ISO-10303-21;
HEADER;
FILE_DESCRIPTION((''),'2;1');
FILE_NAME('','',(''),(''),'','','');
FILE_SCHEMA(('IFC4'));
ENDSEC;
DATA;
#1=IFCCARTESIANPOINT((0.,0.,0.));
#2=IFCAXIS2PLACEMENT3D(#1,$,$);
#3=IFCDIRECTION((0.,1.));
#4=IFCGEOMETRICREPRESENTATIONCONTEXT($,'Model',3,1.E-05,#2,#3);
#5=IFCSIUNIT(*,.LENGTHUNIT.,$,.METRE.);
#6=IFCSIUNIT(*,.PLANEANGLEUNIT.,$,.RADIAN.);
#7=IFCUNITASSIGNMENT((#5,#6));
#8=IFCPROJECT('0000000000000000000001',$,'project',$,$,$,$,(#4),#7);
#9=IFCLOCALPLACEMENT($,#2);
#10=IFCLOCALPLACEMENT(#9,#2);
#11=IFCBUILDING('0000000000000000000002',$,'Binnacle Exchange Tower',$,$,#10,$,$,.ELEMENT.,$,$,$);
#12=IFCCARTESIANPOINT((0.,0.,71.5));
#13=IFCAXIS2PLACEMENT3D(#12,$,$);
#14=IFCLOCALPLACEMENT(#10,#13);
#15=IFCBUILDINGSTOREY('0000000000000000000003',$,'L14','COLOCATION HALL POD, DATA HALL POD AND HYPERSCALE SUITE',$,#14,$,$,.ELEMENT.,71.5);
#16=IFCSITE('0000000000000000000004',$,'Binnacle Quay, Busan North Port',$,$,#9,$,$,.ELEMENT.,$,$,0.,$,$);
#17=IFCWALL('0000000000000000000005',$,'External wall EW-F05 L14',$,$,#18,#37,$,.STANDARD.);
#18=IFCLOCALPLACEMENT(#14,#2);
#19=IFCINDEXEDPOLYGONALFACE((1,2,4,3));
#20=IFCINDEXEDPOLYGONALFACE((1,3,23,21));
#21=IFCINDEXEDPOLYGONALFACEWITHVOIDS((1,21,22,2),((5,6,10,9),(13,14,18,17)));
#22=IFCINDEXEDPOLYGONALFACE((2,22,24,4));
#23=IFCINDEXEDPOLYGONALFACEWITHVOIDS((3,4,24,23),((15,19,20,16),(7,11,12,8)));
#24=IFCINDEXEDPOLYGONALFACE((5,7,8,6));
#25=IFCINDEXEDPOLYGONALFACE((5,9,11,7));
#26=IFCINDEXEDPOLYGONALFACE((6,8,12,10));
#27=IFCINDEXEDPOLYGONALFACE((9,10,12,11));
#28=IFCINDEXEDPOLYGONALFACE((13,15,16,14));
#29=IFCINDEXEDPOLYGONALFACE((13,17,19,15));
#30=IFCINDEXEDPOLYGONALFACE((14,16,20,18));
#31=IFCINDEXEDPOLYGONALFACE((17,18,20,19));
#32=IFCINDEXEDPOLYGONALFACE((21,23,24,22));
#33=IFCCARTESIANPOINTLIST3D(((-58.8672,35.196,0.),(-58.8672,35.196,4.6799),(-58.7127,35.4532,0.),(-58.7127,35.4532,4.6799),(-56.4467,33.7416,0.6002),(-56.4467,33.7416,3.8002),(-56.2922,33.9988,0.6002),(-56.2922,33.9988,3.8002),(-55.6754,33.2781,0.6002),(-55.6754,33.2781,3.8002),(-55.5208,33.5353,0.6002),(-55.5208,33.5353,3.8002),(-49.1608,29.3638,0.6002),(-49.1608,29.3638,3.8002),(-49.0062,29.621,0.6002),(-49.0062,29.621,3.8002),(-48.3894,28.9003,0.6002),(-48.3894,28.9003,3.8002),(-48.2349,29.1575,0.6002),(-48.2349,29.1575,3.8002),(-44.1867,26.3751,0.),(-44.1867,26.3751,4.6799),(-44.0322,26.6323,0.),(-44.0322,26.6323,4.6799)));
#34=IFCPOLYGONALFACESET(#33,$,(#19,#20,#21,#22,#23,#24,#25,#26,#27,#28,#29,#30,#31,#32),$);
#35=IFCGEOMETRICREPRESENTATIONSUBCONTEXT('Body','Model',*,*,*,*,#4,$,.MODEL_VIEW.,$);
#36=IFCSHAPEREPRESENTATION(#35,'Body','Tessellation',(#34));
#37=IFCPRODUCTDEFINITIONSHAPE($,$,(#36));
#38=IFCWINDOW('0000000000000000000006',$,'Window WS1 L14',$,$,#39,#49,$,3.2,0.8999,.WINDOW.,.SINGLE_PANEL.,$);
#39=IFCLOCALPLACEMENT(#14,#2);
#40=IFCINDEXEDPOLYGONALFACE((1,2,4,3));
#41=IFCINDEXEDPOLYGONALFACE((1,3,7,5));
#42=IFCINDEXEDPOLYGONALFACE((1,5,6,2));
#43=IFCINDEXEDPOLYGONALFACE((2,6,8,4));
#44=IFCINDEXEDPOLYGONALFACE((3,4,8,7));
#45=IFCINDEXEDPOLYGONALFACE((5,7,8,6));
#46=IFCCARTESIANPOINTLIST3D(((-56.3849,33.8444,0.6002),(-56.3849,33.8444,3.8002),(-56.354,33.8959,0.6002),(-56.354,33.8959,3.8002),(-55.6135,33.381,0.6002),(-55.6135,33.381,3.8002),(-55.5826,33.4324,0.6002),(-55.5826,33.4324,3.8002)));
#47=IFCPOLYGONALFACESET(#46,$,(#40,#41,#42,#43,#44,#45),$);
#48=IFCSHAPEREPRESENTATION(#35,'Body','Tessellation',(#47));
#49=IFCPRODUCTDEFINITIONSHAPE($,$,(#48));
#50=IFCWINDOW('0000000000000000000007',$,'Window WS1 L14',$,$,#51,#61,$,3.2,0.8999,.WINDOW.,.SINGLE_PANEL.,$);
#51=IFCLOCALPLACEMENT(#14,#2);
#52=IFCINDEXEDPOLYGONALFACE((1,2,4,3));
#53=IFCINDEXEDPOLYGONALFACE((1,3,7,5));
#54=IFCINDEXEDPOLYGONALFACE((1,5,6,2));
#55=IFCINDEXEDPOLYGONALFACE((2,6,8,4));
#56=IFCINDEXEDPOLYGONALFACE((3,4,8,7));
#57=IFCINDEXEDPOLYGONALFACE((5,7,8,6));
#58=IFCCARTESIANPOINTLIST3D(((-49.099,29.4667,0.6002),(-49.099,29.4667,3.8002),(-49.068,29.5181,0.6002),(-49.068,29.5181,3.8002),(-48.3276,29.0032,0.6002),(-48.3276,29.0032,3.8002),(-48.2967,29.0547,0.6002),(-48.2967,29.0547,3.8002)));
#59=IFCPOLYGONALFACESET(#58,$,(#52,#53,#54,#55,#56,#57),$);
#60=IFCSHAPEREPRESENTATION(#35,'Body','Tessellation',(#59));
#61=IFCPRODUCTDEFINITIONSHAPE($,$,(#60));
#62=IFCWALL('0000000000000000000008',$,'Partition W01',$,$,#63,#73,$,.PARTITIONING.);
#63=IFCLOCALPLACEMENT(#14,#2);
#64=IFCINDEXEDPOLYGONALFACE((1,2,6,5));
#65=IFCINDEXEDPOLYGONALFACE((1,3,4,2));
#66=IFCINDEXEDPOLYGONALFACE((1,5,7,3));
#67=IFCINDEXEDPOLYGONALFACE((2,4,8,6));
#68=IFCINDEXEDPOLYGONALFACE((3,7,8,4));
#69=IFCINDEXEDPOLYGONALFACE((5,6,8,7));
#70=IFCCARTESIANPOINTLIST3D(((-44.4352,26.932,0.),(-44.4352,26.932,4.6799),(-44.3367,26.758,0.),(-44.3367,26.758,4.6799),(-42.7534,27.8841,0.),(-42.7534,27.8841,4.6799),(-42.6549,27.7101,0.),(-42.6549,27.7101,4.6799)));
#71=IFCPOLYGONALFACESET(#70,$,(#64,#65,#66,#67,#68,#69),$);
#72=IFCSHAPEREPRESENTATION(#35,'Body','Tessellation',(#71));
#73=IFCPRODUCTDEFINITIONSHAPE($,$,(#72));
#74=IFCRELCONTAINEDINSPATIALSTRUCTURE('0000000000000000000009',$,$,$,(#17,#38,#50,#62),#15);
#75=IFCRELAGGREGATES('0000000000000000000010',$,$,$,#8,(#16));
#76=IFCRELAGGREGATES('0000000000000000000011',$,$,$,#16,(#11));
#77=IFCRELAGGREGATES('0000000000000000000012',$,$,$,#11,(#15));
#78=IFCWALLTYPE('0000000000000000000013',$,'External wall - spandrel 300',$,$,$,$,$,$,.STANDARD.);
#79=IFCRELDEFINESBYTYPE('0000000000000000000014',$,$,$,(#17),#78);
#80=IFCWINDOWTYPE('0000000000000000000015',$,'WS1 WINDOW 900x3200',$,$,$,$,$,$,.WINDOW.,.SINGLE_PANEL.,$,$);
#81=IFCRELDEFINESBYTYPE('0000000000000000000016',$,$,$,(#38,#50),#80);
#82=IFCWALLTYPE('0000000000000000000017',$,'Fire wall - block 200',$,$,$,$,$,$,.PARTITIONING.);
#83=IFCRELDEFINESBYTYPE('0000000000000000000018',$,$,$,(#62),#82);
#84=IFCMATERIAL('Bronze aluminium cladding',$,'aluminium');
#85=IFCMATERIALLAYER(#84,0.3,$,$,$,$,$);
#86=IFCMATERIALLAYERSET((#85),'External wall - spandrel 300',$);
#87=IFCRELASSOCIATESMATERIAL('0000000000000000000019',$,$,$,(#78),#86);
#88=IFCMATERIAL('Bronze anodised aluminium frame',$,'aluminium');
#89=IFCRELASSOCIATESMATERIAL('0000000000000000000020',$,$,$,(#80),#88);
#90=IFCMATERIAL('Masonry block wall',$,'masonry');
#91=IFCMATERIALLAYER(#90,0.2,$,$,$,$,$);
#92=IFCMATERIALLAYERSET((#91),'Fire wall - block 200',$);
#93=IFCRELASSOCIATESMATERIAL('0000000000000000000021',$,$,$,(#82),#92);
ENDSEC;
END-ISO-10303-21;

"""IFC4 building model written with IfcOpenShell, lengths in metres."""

from ifc_helpers import new_model, si_unit, direction, frame, frame_2d, origin, place, context, subcontext, project, spatial, rectangle, extrude, material, layer, layer_set, type_object, element, fill, save


model = new_model("IFC4")

# Units and contexts
model_context = context("Model", 3, precision=1e-05, world=origin(), true_north=direction((0.0, 1.0)))
body_context = subcontext(model_context, "Body", "Model", "MODEL_VIEW")
ifc_project = project(units=[si_unit("LENGTHUNIT", "METRE"), si_unit("PLANEANGLEUNIT", "RADIAN")], contexts=[model_context])

# Site, building, storey
site_placement = place(None, origin())
site = spatial("IfcSite", under=ifc_project, at=site_placement, Name="Binnacle Quay, Busan North Port", CompositionType="ELEMENT", RefElevation=0.0)
building_placement = place(site_placement, origin())
building = spatial("IfcBuilding", under=site, at=building_placement, Name="Binnacle Exchange Tower", CompositionType="ELEMENT")
storey_placement = place(building_placement, frame((0.0, 0.0, 71.5)))
storey = spatial("IfcBuildingStorey", under=building, at=storey_placement, Name="L14", Description="COLOCATION HALL POD, DATA HALL POD AND HYPERSCALE SUITE", CompositionType="ELEMENT", Elevation=71.5)

# Shared definitions
ifc_material_1 = material(Name="Bronze aluminium cladding", Category="aluminium")
ifc_layer_1 = layer(ifc_material_1, 0.3)
ifc_layer_set_1 = layer_set([ifc_layer_1], Name="External wall - spandrel 300")
wall_type_1 = type_object("IfcWallType", Name="External wall - spandrel 300", PredefinedType="STANDARD", material=ifc_layer_set_1)
ifc_material_2 = material(Name="Bronze anodised aluminium frame", Category="aluminium")
window_type = type_object("IfcWindowType", Name="WS1 WINDOW 900x3200", PartitioningType="SINGLE_PANEL", PredefinedType="WINDOW", material=ifc_material_2)

# Wall, openings, windows
wall_1_placement = place(storey_placement, frame((-44.1094, 26.5037, 0.0), z_axis=(0.0, 0.0, 1.0), x_axis=(-0.85717, 0.515034, 0.0)))
wall_1 = element("IfcWall", 1, at=wall_1_placement, inside=storey, type_object=wall_type_1, Name="External wall EW-F05 L14", PredefinedType="STANDARD", context=body_context, shape_type="SweptSolid", body=[
    extrude(rectangle(XDim=17.1267, YDim=0.3, at=frame_2d((8.5635, 0.0))), origin(), (0.0, 0.0, 1.0), 4.6799),
])
opening_1_placement = place(wall_1_placement, frame((13.4031, 0.0, 0.6001)))
opening_1 = element("IfcOpeningElement", 2, at=opening_1_placement, cuts=wall_1, PredefinedType="OPENING", context=body_context, shape_type="SweptSolid", body=[
    extrude(rectangle(XDim=0.8999, YDim=3.2, at=frame_2d((0.45, 1.6001))), frame((0.0, 0.1599, 0.0), z_axis=(0.0, -1.0, 0.0), x_axis=(1.0, 0.0, 0.0)), (0.0, 0.0, 1.0), 0.3201),
])
opening_2_placement = place(wall_1_placement, frame((4.9031, 0.0, 0.6001)))
opening_2 = element("IfcOpeningElement", 3, at=opening_2_placement, cuts=wall_1, PredefinedType="OPENING", context=body_context, shape_type="SweptSolid", body=[
    extrude(rectangle(XDim=0.8999, YDim=3.2, at=frame_2d((0.45, 1.6001))), frame((0.0, 0.1599, 0.0), z_axis=(0.0, -1.0, 0.0), x_axis=(1.0, 0.0, 0.0)), (0.0, 0.0, 1.0), 0.3201),
])
window_1_placement = place(opening_1_placement, origin())
window_1 = element("IfcWindow", 4, at=window_1_placement, inside=storey, type_object=window_type, Name="Window WS1 L14", OverallHeight=3.2, OverallWidth=0.8999, PartitioningType="SINGLE_PANEL", PredefinedType="WINDOW", context=body_context, shape_type="SweptSolid", body=[
    extrude(rectangle(XDim=0.8999, YDim=3.2, at=frame_2d((0.45, 1.6001))), frame((0.0, 0.03, 0.0), z_axis=(0.0, -1.0, 0.0), x_axis=(1.0, 0.0, 0.0)), (0.0, 0.0, 1.0), 0.0601),
])
fill(opening_1, window_1)
window_2_placement = place(opening_2_placement, origin())
window_2 = element("IfcWindow", 5, at=window_2_placement, inside=storey, type_object=window_type, Name="Window WS1 L14", OverallHeight=3.2, OverallWidth=0.8999, PartitioningType="SINGLE_PANEL", PredefinedType="WINDOW", context=body_context, shape_type="SweptSolid", body=[
    extrude(rectangle(XDim=0.8999, YDim=3.2, at=frame_2d((0.45, 1.6001))), frame((0.0, 0.03, 0.0), z_axis=(0.0, -1.0, 0.0), x_axis=(1.0, 0.0, 0.0)), (0.0, 0.0, 1.0), 0.0601),
])
fill(opening_2, window_2)

# Wall
ifc_material_3 = material(Name="Masonry block wall", Category="masonry")
ifc_layer_2 = layer(ifc_material_3, 0.2)
ifc_layer_set_2 = layer_set([ifc_layer_2], Name="Fire wall - block 200")
wall_type_2 = type_object("IfcWallType", Name="Fire wall - block 200", PredefinedType="PARTITIONING", material=ifc_layer_set_2)
wall_2_placement = place(storey_placement, frame((-44.386, 26.845, 0.0), z_axis=(0.0, 0.0, 1.0), x_axis=(0.870226, 0.492652, 0.0)))
element("IfcWall", 6, at=wall_2_placement, inside=storey, type_object=wall_type_2, Name="Partition W01", PredefinedType="PARTITIONING", context=body_context, shape_type="SweptSolid", body=[
    extrude(rectangle(XDim=1.9326, YDim=0.2, at=frame_2d((0.9663, 0.0))), origin(), (0.0, 0.0, 1.0), 4.6799),
])

save(model, "model.ifc")
